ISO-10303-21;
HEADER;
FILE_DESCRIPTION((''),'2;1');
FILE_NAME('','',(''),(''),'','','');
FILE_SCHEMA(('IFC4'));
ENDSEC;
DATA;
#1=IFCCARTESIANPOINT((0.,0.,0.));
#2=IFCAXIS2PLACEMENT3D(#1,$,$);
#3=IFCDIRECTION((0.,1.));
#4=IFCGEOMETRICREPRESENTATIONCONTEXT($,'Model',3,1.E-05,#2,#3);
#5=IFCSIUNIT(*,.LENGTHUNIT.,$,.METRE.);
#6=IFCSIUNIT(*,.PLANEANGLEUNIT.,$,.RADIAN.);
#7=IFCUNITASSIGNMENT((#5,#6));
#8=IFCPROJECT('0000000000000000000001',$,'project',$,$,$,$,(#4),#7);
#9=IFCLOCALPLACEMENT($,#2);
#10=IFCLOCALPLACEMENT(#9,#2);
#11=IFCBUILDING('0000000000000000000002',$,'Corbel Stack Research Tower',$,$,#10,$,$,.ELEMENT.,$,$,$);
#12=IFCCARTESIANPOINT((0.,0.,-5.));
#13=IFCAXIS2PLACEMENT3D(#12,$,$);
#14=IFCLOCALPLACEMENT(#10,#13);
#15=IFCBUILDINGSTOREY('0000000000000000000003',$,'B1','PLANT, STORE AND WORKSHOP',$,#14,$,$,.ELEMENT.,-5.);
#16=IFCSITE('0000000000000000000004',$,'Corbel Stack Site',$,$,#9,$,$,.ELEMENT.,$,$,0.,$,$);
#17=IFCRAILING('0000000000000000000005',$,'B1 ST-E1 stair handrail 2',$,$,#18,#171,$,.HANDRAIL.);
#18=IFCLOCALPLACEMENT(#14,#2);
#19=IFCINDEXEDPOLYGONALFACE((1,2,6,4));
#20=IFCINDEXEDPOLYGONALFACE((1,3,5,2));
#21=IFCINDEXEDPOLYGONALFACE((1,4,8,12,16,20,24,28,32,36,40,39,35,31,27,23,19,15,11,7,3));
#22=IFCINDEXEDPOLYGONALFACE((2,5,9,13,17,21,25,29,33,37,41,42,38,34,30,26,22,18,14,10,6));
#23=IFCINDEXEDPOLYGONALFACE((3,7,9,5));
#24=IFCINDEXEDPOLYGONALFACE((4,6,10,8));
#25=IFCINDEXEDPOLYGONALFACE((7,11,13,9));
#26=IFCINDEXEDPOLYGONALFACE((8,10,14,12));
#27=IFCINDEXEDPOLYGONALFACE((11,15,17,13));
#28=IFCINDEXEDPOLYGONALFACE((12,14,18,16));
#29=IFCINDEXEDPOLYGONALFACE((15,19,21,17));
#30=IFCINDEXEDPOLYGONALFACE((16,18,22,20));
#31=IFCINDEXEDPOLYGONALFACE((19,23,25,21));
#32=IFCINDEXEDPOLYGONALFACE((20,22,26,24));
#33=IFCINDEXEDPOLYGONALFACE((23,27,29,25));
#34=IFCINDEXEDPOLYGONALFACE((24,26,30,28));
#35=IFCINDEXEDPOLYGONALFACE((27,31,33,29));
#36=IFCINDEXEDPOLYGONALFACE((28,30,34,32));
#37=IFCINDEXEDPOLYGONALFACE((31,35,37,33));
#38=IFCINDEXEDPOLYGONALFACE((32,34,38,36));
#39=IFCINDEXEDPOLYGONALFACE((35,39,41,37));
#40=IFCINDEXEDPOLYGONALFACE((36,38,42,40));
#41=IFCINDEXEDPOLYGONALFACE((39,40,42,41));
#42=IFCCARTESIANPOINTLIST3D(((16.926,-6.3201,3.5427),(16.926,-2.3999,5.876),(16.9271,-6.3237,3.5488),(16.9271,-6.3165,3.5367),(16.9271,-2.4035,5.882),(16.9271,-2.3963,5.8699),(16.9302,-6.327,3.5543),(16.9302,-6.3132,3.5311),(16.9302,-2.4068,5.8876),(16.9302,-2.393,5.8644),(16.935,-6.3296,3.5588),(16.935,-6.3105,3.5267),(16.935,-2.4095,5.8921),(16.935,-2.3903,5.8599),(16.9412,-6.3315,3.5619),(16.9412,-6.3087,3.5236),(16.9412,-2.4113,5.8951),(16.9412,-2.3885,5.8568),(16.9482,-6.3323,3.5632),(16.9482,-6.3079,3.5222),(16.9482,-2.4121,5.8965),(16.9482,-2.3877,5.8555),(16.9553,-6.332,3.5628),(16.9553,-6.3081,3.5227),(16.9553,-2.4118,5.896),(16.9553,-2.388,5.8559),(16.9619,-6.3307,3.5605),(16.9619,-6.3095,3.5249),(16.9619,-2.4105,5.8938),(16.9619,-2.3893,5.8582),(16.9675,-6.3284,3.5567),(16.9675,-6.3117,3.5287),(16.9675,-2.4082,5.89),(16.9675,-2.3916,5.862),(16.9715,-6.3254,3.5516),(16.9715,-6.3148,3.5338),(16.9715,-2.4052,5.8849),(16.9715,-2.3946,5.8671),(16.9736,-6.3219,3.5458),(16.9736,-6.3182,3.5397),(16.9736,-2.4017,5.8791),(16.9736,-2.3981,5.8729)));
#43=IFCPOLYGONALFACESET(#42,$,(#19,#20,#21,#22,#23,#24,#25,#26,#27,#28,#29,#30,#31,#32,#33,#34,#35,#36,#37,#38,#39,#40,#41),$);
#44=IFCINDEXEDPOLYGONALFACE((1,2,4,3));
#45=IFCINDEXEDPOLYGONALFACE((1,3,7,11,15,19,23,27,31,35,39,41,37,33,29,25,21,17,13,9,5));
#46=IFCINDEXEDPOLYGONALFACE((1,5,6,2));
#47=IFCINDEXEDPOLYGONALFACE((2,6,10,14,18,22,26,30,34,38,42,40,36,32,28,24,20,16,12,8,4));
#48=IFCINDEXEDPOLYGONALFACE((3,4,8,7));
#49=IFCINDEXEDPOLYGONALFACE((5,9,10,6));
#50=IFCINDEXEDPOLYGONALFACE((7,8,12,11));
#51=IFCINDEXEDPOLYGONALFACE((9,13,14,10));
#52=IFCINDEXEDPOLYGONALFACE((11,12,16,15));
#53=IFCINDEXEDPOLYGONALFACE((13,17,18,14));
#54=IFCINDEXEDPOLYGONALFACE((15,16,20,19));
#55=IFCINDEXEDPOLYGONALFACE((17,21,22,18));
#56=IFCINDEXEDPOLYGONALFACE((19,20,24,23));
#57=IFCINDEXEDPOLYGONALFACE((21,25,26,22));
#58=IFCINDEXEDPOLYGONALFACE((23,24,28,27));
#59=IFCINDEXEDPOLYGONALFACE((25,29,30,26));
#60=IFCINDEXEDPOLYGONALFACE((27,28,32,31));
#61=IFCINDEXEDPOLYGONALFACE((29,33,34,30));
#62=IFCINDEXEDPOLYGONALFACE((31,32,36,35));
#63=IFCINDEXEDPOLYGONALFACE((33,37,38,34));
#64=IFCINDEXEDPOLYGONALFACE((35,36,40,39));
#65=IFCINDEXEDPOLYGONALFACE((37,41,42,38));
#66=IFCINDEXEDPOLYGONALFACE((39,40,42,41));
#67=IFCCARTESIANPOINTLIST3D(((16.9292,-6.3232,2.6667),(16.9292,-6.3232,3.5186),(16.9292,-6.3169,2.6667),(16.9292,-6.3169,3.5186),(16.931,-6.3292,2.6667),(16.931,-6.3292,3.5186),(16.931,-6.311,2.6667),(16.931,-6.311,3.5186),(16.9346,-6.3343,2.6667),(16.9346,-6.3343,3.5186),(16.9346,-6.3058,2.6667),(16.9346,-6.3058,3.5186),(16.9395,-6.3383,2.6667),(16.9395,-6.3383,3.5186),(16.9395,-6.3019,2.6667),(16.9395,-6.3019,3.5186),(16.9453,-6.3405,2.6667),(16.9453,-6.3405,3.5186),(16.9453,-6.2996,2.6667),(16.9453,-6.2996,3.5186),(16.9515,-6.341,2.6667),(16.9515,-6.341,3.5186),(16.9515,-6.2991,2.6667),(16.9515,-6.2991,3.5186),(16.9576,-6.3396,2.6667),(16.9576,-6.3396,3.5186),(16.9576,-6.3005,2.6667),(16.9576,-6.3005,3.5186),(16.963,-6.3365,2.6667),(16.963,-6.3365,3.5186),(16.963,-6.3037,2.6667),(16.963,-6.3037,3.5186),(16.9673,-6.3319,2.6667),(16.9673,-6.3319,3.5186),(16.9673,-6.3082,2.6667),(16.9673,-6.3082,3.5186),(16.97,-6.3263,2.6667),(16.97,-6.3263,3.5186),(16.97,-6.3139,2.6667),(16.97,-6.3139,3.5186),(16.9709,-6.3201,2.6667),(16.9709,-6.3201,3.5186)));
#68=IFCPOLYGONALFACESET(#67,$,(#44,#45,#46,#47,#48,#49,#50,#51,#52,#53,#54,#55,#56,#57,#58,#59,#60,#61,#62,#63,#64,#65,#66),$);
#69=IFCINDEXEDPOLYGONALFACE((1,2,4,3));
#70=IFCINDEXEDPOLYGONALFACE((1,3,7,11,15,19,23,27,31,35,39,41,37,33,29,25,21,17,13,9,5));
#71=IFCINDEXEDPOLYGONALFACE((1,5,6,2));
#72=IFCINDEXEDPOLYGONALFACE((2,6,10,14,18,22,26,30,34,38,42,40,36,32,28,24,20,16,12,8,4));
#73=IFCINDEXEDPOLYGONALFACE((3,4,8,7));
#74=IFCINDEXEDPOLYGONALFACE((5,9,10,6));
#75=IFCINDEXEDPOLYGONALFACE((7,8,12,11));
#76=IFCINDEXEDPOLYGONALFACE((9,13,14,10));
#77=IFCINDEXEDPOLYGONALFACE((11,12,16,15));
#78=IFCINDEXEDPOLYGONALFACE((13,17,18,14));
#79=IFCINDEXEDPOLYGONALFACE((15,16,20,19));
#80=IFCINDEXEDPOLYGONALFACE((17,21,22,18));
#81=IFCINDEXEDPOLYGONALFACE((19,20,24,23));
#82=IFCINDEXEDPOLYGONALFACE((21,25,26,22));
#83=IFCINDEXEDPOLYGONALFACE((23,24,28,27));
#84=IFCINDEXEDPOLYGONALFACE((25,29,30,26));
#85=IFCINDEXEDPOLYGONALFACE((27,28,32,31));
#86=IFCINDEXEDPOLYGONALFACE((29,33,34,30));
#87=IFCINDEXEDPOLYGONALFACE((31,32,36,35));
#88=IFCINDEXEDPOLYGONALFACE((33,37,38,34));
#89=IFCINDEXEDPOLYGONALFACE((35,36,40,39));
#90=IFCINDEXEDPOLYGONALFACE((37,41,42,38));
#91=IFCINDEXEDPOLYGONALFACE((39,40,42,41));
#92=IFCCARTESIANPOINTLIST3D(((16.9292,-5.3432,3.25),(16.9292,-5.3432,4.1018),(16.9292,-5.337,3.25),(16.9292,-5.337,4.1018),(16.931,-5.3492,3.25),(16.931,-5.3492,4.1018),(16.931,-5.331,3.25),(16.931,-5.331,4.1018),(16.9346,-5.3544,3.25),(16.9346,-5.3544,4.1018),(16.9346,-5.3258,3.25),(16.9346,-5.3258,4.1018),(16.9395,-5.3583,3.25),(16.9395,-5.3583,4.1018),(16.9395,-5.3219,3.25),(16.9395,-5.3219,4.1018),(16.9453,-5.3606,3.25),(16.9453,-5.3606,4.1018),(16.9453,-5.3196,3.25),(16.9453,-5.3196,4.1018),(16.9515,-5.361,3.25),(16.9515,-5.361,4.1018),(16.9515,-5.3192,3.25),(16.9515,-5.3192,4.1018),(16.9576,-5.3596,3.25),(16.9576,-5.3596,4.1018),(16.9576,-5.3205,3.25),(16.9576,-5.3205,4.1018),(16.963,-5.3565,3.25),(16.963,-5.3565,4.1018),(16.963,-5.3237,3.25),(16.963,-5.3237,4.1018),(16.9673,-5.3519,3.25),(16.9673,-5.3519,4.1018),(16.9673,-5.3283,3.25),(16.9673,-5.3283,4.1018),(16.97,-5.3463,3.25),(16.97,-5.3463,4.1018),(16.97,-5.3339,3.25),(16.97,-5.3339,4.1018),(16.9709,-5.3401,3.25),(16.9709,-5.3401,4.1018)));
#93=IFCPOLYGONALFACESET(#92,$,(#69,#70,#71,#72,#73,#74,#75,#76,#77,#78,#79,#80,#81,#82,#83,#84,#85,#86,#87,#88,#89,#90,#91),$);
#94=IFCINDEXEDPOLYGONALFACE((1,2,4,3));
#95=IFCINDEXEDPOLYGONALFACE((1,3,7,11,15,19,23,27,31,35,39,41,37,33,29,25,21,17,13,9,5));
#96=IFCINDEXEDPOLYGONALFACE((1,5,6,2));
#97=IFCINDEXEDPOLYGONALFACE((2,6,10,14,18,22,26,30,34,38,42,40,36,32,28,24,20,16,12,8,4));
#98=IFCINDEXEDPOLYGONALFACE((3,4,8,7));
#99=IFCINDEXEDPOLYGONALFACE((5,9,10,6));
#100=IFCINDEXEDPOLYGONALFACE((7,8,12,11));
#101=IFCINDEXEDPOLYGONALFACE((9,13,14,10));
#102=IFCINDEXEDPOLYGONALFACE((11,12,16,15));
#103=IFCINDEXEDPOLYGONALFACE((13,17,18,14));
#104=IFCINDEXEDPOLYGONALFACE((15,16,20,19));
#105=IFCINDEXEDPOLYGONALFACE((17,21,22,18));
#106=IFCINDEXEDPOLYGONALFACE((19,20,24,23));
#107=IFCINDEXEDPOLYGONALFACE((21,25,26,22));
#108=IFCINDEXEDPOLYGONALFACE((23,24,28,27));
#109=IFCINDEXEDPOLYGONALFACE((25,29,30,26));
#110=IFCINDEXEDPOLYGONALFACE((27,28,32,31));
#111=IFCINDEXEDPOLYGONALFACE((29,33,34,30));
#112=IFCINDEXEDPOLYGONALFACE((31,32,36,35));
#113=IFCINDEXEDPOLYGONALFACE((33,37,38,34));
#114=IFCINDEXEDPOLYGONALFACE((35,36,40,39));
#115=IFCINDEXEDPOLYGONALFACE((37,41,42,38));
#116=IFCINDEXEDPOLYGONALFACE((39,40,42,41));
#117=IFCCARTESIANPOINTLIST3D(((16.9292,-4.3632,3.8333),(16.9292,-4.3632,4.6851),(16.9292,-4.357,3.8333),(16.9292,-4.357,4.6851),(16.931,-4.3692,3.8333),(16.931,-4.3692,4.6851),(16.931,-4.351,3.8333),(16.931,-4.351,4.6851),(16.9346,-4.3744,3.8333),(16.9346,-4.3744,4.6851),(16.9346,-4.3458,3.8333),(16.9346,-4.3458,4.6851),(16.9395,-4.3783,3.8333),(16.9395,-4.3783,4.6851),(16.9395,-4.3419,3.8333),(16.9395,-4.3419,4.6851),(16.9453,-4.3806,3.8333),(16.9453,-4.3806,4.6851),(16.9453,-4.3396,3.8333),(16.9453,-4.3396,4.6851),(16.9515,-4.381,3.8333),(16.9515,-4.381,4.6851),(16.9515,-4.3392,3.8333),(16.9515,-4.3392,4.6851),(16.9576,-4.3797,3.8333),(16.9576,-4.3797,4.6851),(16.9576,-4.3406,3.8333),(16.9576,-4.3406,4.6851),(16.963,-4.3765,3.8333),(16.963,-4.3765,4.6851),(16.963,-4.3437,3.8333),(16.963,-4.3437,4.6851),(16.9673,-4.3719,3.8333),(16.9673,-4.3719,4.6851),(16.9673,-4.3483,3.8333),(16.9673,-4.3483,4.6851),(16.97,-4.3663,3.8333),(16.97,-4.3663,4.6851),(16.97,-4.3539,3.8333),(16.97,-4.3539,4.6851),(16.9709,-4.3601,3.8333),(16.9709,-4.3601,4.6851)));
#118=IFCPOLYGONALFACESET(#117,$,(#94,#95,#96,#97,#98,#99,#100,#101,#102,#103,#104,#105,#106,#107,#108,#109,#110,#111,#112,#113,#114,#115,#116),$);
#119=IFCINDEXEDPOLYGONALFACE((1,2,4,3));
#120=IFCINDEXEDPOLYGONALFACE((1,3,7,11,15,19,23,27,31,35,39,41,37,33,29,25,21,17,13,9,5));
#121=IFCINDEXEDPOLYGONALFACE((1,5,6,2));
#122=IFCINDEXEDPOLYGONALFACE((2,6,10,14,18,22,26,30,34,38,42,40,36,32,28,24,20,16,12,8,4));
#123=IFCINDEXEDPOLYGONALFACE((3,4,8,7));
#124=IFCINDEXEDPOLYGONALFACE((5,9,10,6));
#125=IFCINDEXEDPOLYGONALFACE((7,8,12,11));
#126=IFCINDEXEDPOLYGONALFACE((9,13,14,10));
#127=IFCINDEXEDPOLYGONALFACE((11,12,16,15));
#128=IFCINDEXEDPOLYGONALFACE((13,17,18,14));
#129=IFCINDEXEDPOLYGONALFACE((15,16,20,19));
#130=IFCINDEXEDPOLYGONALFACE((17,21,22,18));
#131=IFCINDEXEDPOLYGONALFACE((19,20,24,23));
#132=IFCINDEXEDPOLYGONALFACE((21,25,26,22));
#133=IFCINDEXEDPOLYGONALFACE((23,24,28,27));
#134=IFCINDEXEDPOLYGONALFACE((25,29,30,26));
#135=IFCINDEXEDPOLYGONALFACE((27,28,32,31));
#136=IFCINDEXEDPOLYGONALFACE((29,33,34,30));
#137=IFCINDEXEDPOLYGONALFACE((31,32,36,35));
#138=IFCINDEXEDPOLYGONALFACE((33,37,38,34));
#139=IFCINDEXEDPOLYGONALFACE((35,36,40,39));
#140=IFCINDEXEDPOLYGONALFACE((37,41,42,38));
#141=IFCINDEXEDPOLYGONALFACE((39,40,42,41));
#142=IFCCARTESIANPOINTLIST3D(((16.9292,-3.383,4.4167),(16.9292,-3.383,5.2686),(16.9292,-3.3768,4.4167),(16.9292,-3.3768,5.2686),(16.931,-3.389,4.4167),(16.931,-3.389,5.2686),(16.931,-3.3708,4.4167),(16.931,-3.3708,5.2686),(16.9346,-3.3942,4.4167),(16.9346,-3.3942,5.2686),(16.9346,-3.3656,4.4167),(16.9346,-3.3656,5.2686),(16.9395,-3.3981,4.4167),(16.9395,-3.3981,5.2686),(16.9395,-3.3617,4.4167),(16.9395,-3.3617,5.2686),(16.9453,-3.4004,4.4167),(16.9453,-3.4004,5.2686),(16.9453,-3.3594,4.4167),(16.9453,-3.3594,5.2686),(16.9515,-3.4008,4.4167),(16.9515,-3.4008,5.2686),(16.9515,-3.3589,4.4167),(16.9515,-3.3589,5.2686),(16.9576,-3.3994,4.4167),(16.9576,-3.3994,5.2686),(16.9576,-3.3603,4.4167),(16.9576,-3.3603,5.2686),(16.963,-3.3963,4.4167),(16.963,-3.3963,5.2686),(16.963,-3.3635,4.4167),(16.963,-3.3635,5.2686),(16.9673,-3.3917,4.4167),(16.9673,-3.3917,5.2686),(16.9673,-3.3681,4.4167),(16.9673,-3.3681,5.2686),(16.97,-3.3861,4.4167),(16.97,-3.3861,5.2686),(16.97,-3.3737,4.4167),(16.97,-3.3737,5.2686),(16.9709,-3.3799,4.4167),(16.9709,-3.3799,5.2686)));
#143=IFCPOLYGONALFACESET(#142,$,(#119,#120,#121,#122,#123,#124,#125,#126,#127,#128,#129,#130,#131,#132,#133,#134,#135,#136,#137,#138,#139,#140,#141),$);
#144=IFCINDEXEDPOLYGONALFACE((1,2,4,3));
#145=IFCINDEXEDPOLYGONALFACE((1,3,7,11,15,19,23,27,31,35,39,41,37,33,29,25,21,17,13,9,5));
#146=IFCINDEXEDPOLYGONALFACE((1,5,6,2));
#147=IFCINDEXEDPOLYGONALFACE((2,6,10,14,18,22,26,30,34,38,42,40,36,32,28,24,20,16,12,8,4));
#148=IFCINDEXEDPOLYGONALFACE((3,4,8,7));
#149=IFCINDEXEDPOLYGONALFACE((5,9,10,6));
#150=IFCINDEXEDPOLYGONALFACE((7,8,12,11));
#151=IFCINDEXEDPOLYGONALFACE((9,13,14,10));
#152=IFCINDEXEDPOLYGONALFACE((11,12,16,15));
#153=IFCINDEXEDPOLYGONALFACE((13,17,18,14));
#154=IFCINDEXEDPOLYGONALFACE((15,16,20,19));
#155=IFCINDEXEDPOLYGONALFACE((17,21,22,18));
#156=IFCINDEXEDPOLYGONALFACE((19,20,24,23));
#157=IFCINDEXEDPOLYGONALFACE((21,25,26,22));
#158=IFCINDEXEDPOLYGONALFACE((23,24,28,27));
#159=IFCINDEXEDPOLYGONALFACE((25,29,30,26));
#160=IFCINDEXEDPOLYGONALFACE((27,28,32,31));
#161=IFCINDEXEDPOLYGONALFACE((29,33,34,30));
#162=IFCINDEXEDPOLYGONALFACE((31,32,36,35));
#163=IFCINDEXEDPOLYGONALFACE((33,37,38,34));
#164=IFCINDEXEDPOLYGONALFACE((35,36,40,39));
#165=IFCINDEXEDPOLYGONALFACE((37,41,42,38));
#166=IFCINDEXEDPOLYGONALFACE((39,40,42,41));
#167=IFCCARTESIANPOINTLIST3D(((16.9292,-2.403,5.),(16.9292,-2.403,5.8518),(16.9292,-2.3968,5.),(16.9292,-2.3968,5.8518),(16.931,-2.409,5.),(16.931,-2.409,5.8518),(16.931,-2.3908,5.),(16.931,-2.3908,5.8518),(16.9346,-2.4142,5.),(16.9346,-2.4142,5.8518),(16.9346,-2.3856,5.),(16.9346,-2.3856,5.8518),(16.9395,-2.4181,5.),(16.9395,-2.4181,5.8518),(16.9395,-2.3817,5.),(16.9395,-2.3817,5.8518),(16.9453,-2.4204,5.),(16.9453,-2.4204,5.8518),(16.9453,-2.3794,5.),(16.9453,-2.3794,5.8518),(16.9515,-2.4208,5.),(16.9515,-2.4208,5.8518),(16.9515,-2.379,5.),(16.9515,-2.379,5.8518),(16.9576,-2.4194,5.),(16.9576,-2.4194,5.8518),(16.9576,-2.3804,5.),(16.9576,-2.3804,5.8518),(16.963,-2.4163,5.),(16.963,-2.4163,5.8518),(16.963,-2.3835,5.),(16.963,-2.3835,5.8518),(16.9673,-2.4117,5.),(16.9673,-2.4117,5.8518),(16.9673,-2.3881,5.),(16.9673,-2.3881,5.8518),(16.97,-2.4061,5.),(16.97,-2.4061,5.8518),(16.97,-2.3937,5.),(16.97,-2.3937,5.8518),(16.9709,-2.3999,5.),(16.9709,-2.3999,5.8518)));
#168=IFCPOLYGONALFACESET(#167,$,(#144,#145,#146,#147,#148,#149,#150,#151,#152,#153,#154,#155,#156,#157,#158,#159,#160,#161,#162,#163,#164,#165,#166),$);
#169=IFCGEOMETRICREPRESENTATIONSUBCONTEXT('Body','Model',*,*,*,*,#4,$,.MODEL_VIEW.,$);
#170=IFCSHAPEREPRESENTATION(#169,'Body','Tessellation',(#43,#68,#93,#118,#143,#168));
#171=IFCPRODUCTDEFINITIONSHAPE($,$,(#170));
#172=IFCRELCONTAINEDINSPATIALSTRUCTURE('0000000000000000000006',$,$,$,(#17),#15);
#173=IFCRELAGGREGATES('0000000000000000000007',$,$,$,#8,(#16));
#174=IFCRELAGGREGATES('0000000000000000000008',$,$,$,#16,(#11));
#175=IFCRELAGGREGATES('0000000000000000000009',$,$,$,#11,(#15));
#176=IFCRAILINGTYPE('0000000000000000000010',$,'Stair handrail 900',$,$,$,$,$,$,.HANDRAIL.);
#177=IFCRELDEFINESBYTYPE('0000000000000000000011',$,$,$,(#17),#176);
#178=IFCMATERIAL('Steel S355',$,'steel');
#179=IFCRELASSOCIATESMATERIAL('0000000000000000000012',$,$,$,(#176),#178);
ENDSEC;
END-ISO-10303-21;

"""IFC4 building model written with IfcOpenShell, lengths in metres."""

from ifc_helpers import new_model, si_unit, direction, frame, origin, origin_2d, place, context, subcontext, project, spatial, circle, extrude, material, type_object, element, save


model = new_model("IFC4")

# Units and contexts
model_context = context("Model", 3, precision=1e-05, world=origin(), true_north=direction((0.0, 1.0)))
body_context = subcontext(model_context, "Body", "Model", "MODEL_VIEW")
ifc_project = project(units=[si_unit("LENGTHUNIT", "METRE"), si_unit("PLANEANGLEUNIT", "RADIAN")], contexts=[model_context])

# Site, building, storey
site_placement = place(None, origin())
site = spatial("IfcSite", under=ifc_project, at=site_placement, Name="Corbel Stack Site", CompositionType="ELEMENT", RefElevation=0.0)
building_placement = place(site_placement, origin())
building = spatial("IfcBuilding", under=site, at=building_placement, Name="Corbel Stack Research Tower", CompositionType="ELEMENT")
storey_placement = place(building_placement, frame((0.0, 0.0, -5.0)))
storey = spatial("IfcBuildingStorey", under=building, at=storey_placement, Name="B1", Description="PLANT, STORE AND WORKSHOP", CompositionType="ELEMENT", Elevation=-5.0)

# Railing
ifc_material_1 = material(Name="Steel S355", Category="steel")
railing_type_1 = type_object("IfcRailingType", Name="Stair handrail 900", PredefinedType="HANDRAIL", material=ifc_material_1)
railing_1_placement = place(storey_placement, frame((16.95, -6.3201, 2.6667)))
element("IfcRailing", 1, at=railing_1_placement, inside=storey, type_object=railing_type_1, Name="B1 ST-E1 stair handrail 2", PredefinedType="HANDRAIL", context=body_context, shape_type="SweptSolid", body=[
    extrude(circle(Radius=0.0239, at=origin_2d()), frame((0.0, 0.0, 0.876), z_axis=(0.0, 0.85931, 0.511455), x_axis=(-1.0, 0.0, 0.0)), (0.0, 0.0, 1.0), 4.562),
    extrude(circle(Radius=0.021, at=origin_2d()), origin(), (0.0, 0.0, 1.0), 0.8518),
    extrude(circle(Radius=0.021, at=origin_2d()), frame((0.0, 0.98, 0.5833)), (0.0, 0.0, 1.0), 0.8518),
    extrude(circle(Radius=0.021, at=origin_2d()), frame((0.0, 1.96, 1.1665)), (0.0, 0.0, 1.0), 0.8518),
    extrude(circle(Radius=0.021, at=origin_2d()), frame((0.0, 2.9402, 1.75)), (0.0, 0.0, 1.0), 0.8518),
    extrude(circle(Radius=0.021, at=origin_2d()), frame((0.0, 3.9202, 2.3333)), (0.0, 0.0, 1.0), 0.8518),
])

save(model, "model.ifc")
